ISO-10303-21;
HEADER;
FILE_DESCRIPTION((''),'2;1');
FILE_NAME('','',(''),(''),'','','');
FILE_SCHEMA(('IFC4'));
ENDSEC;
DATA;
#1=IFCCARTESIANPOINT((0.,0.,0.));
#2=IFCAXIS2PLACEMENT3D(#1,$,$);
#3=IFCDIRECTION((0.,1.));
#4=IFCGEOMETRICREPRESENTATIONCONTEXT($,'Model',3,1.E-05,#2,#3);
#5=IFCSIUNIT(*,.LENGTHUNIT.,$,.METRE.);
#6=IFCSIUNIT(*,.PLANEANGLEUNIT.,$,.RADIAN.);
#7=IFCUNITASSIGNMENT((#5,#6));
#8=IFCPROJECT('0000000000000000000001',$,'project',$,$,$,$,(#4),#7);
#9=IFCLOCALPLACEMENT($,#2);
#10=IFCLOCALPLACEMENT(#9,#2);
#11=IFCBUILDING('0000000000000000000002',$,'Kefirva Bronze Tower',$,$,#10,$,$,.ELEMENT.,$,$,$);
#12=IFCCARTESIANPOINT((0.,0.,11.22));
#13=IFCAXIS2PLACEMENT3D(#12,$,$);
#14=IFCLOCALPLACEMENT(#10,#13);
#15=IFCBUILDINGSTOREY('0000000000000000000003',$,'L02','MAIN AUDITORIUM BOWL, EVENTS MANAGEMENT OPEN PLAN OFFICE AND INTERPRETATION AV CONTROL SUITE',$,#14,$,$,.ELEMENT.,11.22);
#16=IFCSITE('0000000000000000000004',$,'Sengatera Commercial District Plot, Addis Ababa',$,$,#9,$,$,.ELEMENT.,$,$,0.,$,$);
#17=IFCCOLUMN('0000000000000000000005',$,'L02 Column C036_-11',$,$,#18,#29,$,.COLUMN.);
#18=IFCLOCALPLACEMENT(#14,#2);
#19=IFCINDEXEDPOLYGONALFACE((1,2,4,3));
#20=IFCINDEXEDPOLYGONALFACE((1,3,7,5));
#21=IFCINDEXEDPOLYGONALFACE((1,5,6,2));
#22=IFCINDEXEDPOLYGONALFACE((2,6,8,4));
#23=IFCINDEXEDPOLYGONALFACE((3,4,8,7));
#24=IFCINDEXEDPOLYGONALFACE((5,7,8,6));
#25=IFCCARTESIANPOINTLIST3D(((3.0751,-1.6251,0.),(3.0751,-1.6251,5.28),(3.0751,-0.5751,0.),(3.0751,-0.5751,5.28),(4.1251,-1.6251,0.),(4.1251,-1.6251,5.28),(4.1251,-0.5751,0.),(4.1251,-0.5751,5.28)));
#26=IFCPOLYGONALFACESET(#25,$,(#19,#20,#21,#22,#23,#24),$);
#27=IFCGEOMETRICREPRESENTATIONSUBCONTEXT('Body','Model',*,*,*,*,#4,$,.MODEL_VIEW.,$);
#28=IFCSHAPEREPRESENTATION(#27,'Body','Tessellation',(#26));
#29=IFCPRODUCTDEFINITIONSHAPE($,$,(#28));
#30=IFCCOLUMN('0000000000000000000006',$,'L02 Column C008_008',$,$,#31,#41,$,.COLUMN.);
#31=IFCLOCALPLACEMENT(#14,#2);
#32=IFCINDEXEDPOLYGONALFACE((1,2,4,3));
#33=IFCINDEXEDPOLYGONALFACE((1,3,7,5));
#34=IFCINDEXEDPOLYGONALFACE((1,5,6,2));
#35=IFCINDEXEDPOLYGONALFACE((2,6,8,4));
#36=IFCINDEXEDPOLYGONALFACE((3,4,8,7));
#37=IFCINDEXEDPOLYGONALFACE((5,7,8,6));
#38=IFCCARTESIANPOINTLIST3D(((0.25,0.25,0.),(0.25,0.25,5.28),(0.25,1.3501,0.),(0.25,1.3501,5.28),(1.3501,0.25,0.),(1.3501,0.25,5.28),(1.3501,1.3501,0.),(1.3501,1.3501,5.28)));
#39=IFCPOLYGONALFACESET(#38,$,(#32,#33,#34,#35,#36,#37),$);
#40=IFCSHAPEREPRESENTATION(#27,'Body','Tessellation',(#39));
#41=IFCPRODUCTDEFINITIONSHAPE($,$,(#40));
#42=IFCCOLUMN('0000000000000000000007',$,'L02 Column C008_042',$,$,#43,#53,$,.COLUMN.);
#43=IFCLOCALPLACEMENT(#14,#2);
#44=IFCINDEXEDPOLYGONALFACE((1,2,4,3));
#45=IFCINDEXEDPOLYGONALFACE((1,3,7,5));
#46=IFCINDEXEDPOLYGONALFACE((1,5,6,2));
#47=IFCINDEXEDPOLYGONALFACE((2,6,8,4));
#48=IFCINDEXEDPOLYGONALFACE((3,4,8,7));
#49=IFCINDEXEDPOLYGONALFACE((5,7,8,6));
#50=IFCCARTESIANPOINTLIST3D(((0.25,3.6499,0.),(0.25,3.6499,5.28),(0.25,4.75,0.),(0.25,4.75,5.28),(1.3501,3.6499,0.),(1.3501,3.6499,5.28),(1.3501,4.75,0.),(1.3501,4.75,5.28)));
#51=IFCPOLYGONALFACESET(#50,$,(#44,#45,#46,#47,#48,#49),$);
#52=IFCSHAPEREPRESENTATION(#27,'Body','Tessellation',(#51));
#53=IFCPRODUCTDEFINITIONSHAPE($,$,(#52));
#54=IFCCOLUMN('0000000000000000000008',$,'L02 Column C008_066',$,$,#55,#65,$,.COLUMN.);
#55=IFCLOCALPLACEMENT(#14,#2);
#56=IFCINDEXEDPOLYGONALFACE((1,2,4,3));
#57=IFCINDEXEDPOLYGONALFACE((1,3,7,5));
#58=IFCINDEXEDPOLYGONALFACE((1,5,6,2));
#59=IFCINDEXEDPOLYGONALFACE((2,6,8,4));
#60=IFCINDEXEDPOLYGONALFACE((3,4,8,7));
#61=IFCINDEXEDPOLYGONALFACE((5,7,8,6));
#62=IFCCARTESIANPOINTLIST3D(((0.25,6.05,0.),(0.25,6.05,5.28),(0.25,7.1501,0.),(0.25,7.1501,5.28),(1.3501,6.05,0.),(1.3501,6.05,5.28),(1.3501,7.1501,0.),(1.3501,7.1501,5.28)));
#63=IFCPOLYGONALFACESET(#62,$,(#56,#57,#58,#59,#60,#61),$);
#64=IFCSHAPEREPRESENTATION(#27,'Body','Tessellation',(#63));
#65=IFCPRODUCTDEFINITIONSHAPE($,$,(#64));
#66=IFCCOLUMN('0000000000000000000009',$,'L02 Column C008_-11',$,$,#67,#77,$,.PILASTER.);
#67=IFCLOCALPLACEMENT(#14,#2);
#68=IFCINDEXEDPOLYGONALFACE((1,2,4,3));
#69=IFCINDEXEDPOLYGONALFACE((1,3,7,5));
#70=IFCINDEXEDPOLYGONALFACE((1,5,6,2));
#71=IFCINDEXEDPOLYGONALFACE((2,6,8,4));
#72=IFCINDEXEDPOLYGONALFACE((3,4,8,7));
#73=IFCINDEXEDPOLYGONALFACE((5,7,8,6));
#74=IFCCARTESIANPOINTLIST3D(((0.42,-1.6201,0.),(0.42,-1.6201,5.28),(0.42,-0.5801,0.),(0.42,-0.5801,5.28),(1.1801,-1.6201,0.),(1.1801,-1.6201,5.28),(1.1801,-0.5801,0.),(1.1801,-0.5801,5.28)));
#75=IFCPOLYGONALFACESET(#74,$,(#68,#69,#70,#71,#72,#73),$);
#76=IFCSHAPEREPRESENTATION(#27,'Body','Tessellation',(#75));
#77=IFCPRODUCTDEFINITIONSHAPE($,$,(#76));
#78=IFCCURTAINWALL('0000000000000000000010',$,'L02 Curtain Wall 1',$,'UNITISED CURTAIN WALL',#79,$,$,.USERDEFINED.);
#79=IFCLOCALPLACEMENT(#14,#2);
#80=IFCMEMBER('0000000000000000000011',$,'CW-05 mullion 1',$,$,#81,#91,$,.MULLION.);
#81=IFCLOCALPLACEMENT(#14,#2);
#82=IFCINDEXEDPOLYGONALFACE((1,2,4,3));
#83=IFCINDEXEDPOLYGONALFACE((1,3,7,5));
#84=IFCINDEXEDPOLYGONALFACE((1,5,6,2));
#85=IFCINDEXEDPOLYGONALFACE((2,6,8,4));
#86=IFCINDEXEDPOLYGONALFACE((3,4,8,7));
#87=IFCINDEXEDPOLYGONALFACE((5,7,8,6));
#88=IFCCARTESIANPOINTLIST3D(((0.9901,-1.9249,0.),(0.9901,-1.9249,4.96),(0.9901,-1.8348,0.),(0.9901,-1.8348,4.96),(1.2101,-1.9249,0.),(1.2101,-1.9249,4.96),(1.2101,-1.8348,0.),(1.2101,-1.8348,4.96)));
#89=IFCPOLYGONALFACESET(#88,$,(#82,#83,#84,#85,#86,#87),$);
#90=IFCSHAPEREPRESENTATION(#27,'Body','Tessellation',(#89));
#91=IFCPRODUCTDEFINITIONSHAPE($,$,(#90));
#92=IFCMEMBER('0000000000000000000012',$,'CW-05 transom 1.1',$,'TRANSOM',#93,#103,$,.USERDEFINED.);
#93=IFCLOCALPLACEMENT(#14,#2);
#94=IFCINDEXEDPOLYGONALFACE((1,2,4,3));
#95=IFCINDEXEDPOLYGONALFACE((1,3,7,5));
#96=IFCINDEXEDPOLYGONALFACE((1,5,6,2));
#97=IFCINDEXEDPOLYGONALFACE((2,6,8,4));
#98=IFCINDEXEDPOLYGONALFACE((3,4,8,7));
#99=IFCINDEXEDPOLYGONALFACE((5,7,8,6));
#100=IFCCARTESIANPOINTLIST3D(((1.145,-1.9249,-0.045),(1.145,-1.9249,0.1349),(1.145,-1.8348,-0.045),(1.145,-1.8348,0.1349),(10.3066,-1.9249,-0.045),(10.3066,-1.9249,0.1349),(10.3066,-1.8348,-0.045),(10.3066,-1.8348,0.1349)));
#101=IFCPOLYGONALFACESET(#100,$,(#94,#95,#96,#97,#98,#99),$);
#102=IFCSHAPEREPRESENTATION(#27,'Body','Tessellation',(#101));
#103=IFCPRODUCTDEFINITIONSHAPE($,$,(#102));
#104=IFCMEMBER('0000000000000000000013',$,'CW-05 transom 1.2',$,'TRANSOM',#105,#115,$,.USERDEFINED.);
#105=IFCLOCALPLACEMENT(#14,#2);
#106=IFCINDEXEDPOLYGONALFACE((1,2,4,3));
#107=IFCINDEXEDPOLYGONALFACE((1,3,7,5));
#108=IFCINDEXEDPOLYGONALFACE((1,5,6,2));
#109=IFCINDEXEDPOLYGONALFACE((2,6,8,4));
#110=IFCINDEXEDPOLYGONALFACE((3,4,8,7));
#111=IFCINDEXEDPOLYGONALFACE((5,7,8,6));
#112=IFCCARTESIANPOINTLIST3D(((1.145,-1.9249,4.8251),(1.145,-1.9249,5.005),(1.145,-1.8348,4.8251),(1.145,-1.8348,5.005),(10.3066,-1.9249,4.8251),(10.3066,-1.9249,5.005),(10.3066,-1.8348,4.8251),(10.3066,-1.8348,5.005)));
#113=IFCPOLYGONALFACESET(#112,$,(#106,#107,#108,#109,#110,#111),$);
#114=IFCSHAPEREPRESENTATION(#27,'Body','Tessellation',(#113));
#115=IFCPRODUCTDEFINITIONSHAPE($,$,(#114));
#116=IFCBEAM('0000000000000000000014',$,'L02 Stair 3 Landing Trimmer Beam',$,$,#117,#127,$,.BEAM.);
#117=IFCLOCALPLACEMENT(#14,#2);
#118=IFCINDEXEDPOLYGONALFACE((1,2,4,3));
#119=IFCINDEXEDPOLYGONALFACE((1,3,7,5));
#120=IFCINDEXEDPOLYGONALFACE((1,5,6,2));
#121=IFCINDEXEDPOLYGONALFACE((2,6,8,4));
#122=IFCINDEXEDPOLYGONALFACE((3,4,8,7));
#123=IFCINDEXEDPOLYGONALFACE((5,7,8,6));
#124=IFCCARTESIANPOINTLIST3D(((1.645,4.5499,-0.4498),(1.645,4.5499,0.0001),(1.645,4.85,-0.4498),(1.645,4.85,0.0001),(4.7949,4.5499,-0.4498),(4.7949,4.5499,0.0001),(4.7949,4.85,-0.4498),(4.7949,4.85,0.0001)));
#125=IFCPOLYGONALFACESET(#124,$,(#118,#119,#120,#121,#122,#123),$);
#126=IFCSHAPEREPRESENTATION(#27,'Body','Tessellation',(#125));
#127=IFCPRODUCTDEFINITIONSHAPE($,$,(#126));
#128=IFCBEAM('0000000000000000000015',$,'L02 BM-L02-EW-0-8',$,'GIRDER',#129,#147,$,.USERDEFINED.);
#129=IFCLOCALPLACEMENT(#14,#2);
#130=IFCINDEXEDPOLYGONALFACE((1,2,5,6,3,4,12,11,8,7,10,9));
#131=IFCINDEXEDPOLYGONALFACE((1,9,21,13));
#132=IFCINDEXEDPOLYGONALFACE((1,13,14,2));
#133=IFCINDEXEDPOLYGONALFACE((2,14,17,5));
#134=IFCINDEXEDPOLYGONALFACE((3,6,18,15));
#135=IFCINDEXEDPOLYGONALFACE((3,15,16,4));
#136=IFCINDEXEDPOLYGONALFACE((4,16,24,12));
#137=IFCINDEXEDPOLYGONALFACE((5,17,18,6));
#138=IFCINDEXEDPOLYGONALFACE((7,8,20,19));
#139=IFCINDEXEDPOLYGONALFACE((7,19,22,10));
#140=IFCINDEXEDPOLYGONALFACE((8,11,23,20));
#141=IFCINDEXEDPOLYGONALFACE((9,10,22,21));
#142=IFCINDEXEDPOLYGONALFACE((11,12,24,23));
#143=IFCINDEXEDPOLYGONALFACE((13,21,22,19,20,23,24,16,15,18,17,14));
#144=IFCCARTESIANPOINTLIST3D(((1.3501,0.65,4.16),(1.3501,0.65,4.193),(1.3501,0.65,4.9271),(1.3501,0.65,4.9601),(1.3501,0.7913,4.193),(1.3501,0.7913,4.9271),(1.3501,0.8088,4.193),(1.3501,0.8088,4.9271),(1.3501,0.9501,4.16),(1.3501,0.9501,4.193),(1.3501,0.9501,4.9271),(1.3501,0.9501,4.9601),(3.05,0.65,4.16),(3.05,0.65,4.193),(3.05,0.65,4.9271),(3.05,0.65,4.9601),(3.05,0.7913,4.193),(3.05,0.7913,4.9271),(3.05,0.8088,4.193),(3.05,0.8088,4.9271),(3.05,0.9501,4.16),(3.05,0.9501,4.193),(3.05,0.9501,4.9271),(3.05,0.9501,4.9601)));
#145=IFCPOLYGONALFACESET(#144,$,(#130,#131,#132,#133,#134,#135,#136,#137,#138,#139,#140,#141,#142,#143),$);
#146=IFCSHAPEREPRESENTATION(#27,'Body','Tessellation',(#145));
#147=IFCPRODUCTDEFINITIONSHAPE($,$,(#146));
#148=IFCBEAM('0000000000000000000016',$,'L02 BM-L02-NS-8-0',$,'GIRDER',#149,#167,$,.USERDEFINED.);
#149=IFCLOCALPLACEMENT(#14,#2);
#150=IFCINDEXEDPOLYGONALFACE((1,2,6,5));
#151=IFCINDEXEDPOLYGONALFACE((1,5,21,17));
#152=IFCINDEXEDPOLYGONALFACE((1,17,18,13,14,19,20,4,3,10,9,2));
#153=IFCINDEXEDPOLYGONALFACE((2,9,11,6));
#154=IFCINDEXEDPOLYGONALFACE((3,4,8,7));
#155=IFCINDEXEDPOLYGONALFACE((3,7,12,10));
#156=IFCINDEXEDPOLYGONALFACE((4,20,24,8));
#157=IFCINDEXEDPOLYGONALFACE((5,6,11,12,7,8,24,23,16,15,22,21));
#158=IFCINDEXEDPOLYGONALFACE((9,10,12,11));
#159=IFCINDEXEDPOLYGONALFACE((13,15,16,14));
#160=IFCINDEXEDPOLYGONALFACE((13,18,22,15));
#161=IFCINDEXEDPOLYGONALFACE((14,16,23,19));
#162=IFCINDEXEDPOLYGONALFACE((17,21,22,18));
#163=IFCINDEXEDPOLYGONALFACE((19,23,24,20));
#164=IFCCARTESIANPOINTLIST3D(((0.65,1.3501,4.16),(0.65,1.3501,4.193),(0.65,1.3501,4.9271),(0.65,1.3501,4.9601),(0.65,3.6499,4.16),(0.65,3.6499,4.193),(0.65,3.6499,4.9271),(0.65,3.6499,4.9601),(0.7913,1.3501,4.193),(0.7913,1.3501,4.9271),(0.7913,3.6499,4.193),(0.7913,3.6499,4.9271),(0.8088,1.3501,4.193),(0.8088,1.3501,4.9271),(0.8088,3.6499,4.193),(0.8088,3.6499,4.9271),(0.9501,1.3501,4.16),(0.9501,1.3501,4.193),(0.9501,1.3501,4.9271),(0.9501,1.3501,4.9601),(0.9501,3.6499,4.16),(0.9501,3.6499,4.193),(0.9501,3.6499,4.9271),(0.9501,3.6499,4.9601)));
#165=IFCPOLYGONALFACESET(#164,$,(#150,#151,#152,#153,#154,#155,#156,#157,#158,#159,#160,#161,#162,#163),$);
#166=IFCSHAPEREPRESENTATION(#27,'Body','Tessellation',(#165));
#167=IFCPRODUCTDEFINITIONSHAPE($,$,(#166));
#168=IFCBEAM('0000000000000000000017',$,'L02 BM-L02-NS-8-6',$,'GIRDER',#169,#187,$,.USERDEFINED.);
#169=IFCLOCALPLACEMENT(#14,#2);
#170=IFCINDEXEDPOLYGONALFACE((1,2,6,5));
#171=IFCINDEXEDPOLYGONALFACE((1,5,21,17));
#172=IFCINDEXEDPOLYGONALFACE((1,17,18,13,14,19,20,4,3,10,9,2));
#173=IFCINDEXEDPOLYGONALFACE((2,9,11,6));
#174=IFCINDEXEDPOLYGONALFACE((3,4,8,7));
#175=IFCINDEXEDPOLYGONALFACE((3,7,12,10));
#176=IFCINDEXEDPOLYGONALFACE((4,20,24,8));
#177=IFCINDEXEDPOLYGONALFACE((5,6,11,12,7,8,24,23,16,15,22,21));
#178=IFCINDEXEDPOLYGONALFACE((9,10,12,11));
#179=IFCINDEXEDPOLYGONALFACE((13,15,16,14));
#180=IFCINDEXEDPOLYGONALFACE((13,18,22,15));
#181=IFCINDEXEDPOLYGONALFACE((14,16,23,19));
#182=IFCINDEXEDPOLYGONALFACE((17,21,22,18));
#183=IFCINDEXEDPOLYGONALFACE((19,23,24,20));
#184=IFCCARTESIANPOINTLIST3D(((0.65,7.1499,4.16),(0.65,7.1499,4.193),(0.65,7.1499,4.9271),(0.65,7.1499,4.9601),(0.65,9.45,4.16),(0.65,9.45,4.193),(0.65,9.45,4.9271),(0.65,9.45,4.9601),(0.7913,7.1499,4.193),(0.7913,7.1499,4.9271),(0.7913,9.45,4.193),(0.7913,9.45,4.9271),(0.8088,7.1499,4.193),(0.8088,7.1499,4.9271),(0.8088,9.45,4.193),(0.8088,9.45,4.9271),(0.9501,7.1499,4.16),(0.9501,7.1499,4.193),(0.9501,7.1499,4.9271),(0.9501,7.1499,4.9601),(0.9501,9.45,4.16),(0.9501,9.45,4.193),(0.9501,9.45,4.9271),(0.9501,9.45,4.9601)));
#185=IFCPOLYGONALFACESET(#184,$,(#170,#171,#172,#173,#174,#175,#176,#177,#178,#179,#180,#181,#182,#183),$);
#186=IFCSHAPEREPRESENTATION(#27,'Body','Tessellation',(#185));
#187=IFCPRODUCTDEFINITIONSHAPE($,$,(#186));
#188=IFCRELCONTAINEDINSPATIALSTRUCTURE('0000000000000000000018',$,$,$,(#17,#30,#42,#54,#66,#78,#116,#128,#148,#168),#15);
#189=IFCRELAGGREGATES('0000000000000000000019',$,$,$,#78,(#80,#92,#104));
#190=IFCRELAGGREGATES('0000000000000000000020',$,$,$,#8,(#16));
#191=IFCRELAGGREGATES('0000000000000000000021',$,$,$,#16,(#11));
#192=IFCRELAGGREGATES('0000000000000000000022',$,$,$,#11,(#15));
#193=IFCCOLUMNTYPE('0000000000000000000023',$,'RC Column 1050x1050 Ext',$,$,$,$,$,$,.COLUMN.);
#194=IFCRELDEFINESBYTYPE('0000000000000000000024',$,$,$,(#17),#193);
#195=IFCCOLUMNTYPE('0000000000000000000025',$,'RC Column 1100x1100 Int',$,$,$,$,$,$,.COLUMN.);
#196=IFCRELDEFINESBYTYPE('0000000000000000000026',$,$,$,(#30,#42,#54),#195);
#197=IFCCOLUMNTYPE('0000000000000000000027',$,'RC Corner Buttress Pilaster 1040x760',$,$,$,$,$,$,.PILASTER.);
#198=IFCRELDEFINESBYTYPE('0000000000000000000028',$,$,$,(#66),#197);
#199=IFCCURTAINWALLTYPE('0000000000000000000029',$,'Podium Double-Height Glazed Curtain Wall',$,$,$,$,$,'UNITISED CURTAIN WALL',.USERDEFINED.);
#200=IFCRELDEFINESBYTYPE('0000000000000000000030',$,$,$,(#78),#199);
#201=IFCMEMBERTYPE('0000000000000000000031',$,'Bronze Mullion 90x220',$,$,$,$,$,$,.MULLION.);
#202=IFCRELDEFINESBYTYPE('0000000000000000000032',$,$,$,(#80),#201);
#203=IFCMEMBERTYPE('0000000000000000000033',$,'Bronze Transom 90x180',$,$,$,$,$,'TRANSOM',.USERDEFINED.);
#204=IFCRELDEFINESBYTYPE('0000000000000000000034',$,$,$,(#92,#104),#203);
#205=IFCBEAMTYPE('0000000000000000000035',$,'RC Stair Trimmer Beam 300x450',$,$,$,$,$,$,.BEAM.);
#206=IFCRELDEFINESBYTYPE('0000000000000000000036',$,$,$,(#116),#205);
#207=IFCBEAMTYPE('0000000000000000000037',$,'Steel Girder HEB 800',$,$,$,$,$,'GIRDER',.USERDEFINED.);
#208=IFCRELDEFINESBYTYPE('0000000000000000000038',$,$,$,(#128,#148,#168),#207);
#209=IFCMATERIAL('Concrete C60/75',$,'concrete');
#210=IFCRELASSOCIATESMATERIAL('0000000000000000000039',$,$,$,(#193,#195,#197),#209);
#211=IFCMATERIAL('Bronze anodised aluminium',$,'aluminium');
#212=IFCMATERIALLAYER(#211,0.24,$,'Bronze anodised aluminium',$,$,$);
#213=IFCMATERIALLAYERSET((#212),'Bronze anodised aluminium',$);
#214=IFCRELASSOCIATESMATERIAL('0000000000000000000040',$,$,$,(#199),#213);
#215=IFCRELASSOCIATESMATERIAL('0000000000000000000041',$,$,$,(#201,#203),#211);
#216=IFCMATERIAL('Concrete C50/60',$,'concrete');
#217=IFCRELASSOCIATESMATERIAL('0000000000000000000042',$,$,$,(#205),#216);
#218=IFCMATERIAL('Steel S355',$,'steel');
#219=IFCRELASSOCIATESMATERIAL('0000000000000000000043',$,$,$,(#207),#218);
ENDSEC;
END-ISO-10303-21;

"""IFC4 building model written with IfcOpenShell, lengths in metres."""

from ifc_helpers import new_model, si_unit, direction, frame, origin, origin_2d, place, context, subcontext, project, spatial, rectangle, i_section, extrude, material, layer, layer_set, material_profile, profile_set, type_object, element, aggregate, save


model = new_model("IFC4")

# Units and contexts
model_context = context("Model", 3, precision=1e-05, world=origin(), true_north=direction((0.0, 1.0)))
body_context = subcontext(model_context, "Body", "Model", "MODEL_VIEW")
ifc_project = project(units=[si_unit("LENGTHUNIT", "METRE"), si_unit("PLANEANGLEUNIT", "RADIAN")], contexts=[model_context])

# Site, building, storey
site_placement = place(None, origin())
site = spatial("IfcSite", under=ifc_project, at=site_placement, Name="Sengatera Commercial District Plot, Addis Ababa", CompositionType="ELEMENT", RefElevation=0.0)
building_placement = place(site_placement, origin())
building = spatial("IfcBuilding", under=site, at=building_placement, Name="Kefirva Bronze Tower", CompositionType="ELEMENT")
storey_placement = place(building_placement, frame((0.0, 0.0, 11.22)))
storey = spatial("IfcBuildingStorey", under=building, at=storey_placement, Name="L02", Description="MAIN AUDITORIUM BOWL, EVENTS MANAGEMENT OPEN PLAN OFFICE AND INTERPRETATION AV CONTROL SUITE", CompositionType="ELEMENT", Elevation=11.22)

# Columns
ifc_material_1 = material(Name="Concrete C60/75", Category="concrete")
ifc_material_profile_1 = material_profile(ifc_material_1, rectangle(XDim=1.05, YDim=1.05, at=origin_2d()), Name="RC 1050x1050")
ifc_profile_set_1 = profile_set([ifc_material_profile_1], Name="Concrete C60/75")
column_type_1 = type_object("IfcColumnType", Name="RC Column 1050x1050 Ext", PredefinedType="COLUMN", material=ifc_profile_set_1)
column_1_placement = place(storey_placement, frame((3.6001, -1.1001, 0.0), z_axis=(0.0, 0.0, 1.0), x_axis=(1.0, 0.0, 0.0)))
element("IfcColumn", 1, at=column_1_placement, inside=storey, type_object=column_type_1, Name="L02 Column C036_-11", PredefinedType="COLUMN", context=body_context, shape_type="SweptSolid", body=[
    extrude(rectangle(XDim=1.05, YDim=1.05, at=origin_2d()), origin(), (0.0, 0.0, 1.0), 5.28),
])
ifc_material_profile_2 = material_profile(ifc_material_1, rectangle(XDim=1.1001, YDim=1.1001, at=origin_2d()), Name="RC 1100x1100")
ifc_profile_set_2 = profile_set([ifc_material_profile_2], Name="Concrete C60/75")
column_type_2 = type_object("IfcColumnType", Name="RC Column 1100x1100 Int", PredefinedType="COLUMN", material=ifc_profile_set_2)
for number, where, z_axis, x_axis, name in (
    (2, (0.8, 0.8, 0.0), (0.0, 0.0, 1.0), (1.0, 0.0, 0.0), "L02 Column C008_008"),
    (3, (0.8, 4.2, 0.0), (0.0, 0.0, 1.0), (1.0, 0.0, 0.0), "L02 Column C008_042"),
    (4, (0.8, 6.6001, 0.0), (0.0, 0.0, 1.0), (1.0, 0.0, 0.0), "L02 Column C008_066"),
):
    element("IfcColumn", number, at=place(storey_placement, frame(where, z_axis=z_axis, x_axis=x_axis)), inside=storey, type_object=column_type_2, Name=name, PredefinedType="COLUMN", context=body_context, shape_type="SweptSolid", body=[
        extrude(rectangle(XDim=1.1001, YDim=1.1001, at=origin_2d()), origin(), (0.0, 0.0, 1.0), 5.28),
    ])
ifc_material_profile_3 = material_profile(ifc_material_1, rectangle(XDim=0.76, YDim=1.04, at=origin_2d()), Name="RC 760x1040")
ifc_profile_set_3 = profile_set([ifc_material_profile_3], Name="Concrete C60/75")
column_type_3 = type_object("IfcColumnType", Name="RC Corner Buttress Pilaster 1040x760", PredefinedType="PILASTER", material=ifc_profile_set_3)
column_2_placement = place(storey_placement, frame((0.8, -1.1001, 0.0), z_axis=(0.0, 0.0, 1.0), x_axis=(1.0, 0.0, 0.0)))
element("IfcColumn", 5, at=column_2_placement, inside=storey, type_object=column_type_3, Name="L02 Column C008_-11", PredefinedType="PILASTER", context=body_context, shape_type="SweptSolid", body=[
    extrude(rectangle(XDim=0.76, YDim=1.04, at=origin_2d()), origin(), (0.0, 0.0, 1.0), 5.28),
])

# Curtain wall, members
ifc_material_2 = material(Name="Bronze anodised aluminium", Category="aluminium")
ifc_layer_1 = layer(ifc_material_2, 0.24, Name="Bronze anodised aluminium")
ifc_layer_set_1 = layer_set([ifc_layer_1], Name="Bronze anodised aluminium")
curtain_wall_type = type_object("IfcCurtainWallType", Name="Podium Double-Height Glazed Curtain Wall", ElementType="UNITISED CURTAIN WALL", PredefinedType="USERDEFINED", material=ifc_layer_set_1)
curtain_wall_placement = place(storey_placement, origin())
curtain_wall = element("IfcCurtainWall", 6, at=curtain_wall_placement, inside=storey, type_object=curtain_wall_type, Name="L02 Curtain Wall 1", ObjectType="UNITISED CURTAIN WALL", PredefinedType="USERDEFINED")
ifc_material_profile_4 = material_profile(ifc_material_2, rectangle(XDim=0.0901, YDim=0.22, at=origin_2d()), Name="ALU 90x220")
ifc_profile_set_4 = profile_set([ifc_material_profile_4], Name="Bronze anodised aluminium")
member_type_1 = type_object("IfcMemberType", Name="Bronze Mullion 90x220", PredefinedType="MULLION", material=ifc_profile_set_4)
member_1_placement = place(storey_placement, frame((1.1001, -1.8799, 0.0), z_axis=(0.0, 0.0, 1.0), x_axis=(0.0, 1.0, 0.0)))
member_1 = element("IfcMember", 7, at=member_1_placement, type_object=member_type_1, Name="CW-05 mullion 1", PredefinedType="MULLION", context=body_context, shape_type="SweptSolid", body=[
    extrude(rectangle(XDim=0.0901, YDim=0.22, at=origin_2d()), origin(), (0.0, 0.0, 1.0), 4.96),
])
ifc_material_profile_5 = material_profile(ifc_material_2, rectangle(XDim=0.0901, YDim=0.1799, at=origin_2d()), Name="ALU 90x180")
ifc_profile_set_5 = profile_set([ifc_material_profile_5], Name="Bronze anodised aluminium")
member_type_2 = type_object("IfcMemberType", Name="Bronze Transom 90x180", ElementType="TRANSOM", PredefinedType="USERDEFINED", material=ifc_profile_set_5)
member_2_placement = place(storey_placement, frame((1.145, -1.8799, 0.0449), z_axis=(1.0, 0.0, 0.0), x_axis=(0.0, 1.0, 0.0)))
member_2 = element("IfcMember", 8, at=member_2_placement, type_object=member_type_2, Name="CW-05 transom 1.1", ObjectType="TRANSOM", PredefinedType="USERDEFINED", context=body_context, shape_type="SweptSolid", body=[
    extrude(rectangle(XDim=0.0901, YDim=0.1799, at=origin_2d()), origin(), (0.0, 0.0, 1.0), 9.1616),
])
member_3_placement = place(storey_placement, frame((1.145, -1.8799, 4.915), z_axis=(1.0, 0.0, 0.0), x_axis=(0.0, 1.0, 0.0)))
member_3 = element("IfcMember", 9, at=member_3_placement, type_object=member_type_2, Name="CW-05 transom 1.2", ObjectType="TRANSOM", PredefinedType="USERDEFINED", context=body_context, shape_type="SweptSolid", body=[
    extrude(rectangle(XDim=0.0901, YDim=0.1799, at=origin_2d()), origin(), (0.0, 0.0, 1.0), 9.1616),
])
aggregate(curtain_wall, [member_1, member_2, member_3])

# Beams
ifc_material_3 = material(Name="Concrete C50/60", Category="concrete")
ifc_material_profile_6 = material_profile(ifc_material_3, rectangle(XDim=0.3, YDim=0.45, at=origin_2d()), Name="RC 300x450")
ifc_profile_set_6 = profile_set([ifc_material_profile_6], Name="Concrete C50/60")
beam_type_1 = type_object("IfcBeamType", Name="RC Stair Trimmer Beam 300x450", PredefinedType="BEAM", material=ifc_profile_set_6)
beam_1_placement = place(storey_placement, frame((1.645, 4.7, -0.2249), z_axis=(1.0, 0.0, 0.0), x_axis=(0.0, 1.0, 0.0)))
element("IfcBeam", 10, at=beam_1_placement, inside=storey, type_object=beam_type_1, Name="L02 Stair 3 Landing Trimmer Beam", PredefinedType="BEAM", context=body_context, shape_type="SweptSolid", body=[
    extrude(rectangle(XDim=0.3, YDim=0.45, at=origin_2d()), origin(), (0.0, 0.0, 1.0), 3.1499),
])
ifc_material_4 = material(Name="Steel S355", Category="steel")
ifc_material_profile_7 = material_profile(ifc_material_4, i_section(OverallWidth=0.3, OverallDepth=0.8, WebThickness=0.0176, FlangeThickness=0.033, at=origin_2d()), Name="HEB 800")
ifc_profile_set_7 = profile_set([ifc_material_profile_7], Name="Steel S355")
beam_type_2 = type_object("IfcBeamType", Name="Steel Girder HEB 800", ElementType="GIRDER", PredefinedType="USERDEFINED", material=ifc_profile_set_7)
beam_2_placement = place(storey_placement, frame((1.3501, 0.8, 4.5601), z_axis=(1.0, 0.0, 0.0), x_axis=(0.0, 1.0, 0.0)))
element("IfcBeam", 11, at=beam_2_placement, inside=storey, type_object=beam_type_2, Name="L02 BM-L02-EW-0-8", ObjectType="GIRDER", PredefinedType="USERDEFINED", context=body_context, shape_type="SweptSolid", body=[
    extrude(i_section(OverallWidth=0.3, OverallDepth=0.8, WebThickness=0.0176, FlangeThickness=0.033, at=origin_2d()), origin(), (0.0, 0.0, 1.0), 1.7),
])
beam_3_placement = place(storey_placement, frame((0.8, 1.3501, 4.5601), z_axis=(0.0, 1.0, 0.0), x_axis=(-1.0, 0.0, 0.0)))
element("IfcBeam", 12, at=beam_3_placement, inside=storey, type_object=beam_type_2, Name="L02 BM-L02-NS-8-0", ObjectType="GIRDER", PredefinedType="USERDEFINED", context=body_context, shape_type="SweptSolid", body=[
    extrude(i_section(OverallWidth=0.3, OverallDepth=0.8, WebThickness=0.0176, FlangeThickness=0.033, at=origin_2d()), origin(), (0.0, 0.0, 1.0), 2.2998),
])
beam_4_placement = place(storey_placement, frame((0.8, 7.1499, 4.5601), z_axis=(0.0, 1.0, 0.0), x_axis=(-1.0, 0.0, 0.0)))
element("IfcBeam", 13, at=beam_4_placement, inside=storey, type_object=beam_type_2, Name="L02 BM-L02-NS-8-6", ObjectType="GIRDER", PredefinedType="USERDEFINED", context=body_context, shape_type="SweptSolid", body=[
    extrude(i_section(OverallWidth=0.3, OverallDepth=0.8, WebThickness=0.0176, FlangeThickness=0.033, at=origin_2d()), origin(), (0.0, 0.0, 1.0), 2.3),
])

save(model, "model.ifc")
